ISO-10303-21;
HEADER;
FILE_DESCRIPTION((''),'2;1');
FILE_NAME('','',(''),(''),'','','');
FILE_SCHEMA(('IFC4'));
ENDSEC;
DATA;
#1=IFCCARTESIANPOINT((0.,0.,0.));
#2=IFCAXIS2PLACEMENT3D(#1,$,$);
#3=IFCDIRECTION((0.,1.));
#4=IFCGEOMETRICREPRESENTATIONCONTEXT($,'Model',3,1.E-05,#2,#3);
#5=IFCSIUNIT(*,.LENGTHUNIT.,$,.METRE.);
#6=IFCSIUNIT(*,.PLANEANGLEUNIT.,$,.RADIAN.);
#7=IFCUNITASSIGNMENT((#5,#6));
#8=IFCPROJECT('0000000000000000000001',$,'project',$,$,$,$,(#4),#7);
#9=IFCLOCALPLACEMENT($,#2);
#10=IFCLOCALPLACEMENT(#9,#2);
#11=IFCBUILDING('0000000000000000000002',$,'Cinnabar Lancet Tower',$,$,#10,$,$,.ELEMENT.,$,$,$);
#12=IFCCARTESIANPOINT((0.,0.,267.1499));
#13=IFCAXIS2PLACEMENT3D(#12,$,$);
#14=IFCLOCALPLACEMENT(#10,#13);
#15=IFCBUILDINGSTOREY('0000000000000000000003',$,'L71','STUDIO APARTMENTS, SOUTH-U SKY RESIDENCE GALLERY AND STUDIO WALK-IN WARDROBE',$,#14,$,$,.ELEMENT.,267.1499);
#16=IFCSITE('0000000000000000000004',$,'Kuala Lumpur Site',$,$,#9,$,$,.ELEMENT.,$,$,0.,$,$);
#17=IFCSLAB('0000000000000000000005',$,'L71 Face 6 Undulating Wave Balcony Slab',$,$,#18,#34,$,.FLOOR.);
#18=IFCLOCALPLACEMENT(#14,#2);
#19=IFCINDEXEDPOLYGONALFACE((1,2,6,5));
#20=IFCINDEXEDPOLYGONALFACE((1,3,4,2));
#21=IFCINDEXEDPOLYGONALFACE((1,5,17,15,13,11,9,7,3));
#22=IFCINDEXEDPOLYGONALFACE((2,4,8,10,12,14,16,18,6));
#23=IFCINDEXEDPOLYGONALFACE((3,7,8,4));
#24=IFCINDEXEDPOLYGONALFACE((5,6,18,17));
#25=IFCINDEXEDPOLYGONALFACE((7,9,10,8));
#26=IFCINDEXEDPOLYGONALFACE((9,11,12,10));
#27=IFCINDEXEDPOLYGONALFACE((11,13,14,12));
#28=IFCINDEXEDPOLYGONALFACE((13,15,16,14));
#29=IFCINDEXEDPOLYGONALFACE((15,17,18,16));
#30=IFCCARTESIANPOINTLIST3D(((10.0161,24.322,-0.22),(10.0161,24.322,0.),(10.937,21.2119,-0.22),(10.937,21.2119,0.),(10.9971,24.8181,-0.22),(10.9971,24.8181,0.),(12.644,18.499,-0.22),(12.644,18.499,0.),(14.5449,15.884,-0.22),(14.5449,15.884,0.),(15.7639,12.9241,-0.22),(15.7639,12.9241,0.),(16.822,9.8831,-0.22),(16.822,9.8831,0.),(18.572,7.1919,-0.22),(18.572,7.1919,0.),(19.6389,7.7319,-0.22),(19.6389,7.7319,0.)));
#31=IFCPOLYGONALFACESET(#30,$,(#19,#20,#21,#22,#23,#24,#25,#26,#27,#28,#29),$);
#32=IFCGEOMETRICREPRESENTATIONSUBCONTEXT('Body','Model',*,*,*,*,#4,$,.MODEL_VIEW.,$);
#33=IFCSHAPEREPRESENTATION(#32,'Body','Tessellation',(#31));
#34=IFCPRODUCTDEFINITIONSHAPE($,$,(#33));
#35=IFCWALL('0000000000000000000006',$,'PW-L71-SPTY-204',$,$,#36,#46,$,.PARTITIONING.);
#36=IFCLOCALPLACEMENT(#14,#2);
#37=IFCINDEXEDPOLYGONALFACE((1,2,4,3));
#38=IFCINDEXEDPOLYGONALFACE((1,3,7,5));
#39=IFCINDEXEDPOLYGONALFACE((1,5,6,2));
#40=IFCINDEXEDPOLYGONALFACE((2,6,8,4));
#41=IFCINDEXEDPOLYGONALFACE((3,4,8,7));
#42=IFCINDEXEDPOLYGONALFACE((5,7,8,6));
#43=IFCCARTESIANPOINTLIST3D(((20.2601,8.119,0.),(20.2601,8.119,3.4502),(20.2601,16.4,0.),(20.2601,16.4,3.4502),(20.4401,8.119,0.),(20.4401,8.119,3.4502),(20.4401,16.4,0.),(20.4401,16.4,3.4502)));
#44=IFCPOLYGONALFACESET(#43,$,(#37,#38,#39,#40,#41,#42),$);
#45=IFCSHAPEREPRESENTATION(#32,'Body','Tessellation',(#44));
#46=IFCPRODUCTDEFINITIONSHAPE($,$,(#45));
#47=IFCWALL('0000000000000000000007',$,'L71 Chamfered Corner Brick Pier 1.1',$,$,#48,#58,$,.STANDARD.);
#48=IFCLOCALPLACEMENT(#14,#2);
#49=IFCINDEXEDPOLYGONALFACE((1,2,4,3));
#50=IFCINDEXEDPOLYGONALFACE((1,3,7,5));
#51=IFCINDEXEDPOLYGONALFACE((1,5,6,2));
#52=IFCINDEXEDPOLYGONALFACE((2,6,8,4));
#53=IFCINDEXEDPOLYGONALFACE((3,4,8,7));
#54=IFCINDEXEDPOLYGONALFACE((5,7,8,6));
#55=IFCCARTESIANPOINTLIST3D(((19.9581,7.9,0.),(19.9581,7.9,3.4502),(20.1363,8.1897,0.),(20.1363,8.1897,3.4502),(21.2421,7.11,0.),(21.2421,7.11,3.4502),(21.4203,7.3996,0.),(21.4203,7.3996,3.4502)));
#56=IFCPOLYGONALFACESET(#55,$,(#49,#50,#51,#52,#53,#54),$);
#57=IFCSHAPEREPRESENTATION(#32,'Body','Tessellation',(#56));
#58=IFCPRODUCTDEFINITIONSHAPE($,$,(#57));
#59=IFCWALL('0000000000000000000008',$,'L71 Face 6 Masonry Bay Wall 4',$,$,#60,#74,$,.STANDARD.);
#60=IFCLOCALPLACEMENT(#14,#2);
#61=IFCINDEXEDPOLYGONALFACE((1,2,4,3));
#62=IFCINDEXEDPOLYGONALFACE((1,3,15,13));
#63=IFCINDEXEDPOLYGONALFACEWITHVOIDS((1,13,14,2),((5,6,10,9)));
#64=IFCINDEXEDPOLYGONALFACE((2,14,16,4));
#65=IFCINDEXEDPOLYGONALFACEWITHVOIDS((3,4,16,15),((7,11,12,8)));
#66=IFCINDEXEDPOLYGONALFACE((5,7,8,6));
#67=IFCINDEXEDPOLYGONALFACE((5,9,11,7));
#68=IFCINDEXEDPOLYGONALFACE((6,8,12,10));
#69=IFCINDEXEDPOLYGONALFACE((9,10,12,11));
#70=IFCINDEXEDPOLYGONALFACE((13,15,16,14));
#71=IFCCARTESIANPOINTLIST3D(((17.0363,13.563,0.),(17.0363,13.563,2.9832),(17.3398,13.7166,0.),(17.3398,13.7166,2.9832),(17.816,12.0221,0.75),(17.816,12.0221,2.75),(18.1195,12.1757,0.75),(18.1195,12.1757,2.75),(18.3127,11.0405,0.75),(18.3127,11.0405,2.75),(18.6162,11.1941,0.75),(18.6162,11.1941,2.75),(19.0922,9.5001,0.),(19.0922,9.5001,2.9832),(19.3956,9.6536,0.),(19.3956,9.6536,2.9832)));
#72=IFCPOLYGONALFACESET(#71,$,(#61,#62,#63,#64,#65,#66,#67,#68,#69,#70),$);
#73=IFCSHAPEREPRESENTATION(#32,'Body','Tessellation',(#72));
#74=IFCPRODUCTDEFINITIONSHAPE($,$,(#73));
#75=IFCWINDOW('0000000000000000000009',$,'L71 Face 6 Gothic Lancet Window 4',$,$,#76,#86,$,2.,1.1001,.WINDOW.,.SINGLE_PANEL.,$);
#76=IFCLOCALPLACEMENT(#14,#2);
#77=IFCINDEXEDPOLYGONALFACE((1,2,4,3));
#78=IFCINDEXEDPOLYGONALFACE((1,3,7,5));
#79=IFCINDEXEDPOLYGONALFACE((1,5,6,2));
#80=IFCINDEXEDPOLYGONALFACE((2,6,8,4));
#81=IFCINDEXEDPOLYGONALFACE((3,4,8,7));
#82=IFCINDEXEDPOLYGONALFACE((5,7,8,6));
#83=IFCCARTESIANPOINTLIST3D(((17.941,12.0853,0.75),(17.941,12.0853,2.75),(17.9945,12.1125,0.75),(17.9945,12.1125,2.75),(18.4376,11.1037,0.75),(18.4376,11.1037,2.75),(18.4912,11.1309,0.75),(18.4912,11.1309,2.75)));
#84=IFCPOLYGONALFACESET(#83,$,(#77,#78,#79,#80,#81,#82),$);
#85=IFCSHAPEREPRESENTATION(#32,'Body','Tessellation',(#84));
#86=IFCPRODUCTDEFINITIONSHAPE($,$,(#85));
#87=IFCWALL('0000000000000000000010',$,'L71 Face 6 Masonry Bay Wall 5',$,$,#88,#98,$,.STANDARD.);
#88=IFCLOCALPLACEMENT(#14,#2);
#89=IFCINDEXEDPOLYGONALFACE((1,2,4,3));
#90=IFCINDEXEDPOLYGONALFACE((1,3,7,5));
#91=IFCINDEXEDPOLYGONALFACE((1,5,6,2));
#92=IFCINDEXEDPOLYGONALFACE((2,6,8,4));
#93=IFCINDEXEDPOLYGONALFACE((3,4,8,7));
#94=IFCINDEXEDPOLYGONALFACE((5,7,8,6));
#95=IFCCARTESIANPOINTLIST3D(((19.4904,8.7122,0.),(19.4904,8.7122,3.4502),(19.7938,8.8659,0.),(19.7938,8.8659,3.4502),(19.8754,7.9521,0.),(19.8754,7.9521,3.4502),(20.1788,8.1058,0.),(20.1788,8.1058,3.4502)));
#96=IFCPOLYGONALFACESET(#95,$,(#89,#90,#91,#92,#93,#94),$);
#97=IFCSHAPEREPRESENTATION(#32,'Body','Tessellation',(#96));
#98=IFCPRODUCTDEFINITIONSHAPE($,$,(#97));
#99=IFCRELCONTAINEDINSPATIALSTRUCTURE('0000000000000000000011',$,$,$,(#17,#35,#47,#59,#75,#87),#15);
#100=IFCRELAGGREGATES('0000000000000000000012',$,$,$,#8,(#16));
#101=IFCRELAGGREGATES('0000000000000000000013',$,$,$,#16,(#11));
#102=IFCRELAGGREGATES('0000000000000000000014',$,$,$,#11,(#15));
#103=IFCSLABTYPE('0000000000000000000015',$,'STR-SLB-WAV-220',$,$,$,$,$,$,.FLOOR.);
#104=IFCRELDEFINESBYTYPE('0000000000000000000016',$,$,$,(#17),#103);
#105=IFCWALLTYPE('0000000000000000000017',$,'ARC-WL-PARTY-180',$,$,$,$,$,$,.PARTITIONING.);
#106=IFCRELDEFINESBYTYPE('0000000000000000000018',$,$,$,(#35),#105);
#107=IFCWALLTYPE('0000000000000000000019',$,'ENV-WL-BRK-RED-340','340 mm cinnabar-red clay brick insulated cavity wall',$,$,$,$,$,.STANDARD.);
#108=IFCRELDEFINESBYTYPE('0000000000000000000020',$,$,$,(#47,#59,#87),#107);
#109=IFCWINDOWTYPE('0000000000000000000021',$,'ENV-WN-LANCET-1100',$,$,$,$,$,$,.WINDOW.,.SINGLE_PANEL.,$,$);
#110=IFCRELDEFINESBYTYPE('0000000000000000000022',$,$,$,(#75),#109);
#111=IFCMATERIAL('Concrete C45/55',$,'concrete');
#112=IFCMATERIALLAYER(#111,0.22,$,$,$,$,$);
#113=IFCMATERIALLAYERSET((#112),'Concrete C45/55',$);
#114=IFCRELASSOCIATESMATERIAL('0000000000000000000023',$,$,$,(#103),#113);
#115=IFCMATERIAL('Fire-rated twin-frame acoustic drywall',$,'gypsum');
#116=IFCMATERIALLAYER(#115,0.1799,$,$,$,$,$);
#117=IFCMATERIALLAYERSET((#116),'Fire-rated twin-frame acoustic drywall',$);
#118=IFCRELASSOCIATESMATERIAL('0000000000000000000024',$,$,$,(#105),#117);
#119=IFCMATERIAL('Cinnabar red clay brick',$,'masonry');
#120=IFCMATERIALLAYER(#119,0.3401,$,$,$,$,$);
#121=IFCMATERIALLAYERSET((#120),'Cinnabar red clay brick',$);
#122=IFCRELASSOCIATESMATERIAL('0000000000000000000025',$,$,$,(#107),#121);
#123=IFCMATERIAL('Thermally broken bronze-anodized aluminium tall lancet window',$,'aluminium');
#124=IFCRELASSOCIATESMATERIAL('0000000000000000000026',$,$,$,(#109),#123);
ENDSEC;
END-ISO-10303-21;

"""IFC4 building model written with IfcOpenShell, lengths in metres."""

from ifc_helpers import new_model, si_unit, direction, frame, frame_2d, origin, place, context, subcontext, project, spatial, polyline, rectangle, outline, extrude, material, layer, layer_set, type_object, element, fill, save


model = new_model("IFC4")

# Units and contexts
model_context = context("Model", 3, precision=1e-05, world=origin(), true_north=direction((0.0, 1.0)))
body_context = subcontext(model_context, "Body", "Model", "MODEL_VIEW")
ifc_project = project(units=[si_unit("LENGTHUNIT", "METRE"), si_unit("PLANEANGLEUNIT", "RADIAN")], contexts=[model_context])

# Site, building, storey
site_placement = place(None, origin())
site = spatial("IfcSite", under=ifc_project, at=site_placement, Name="Kuala Lumpur Site", CompositionType="ELEMENT", RefElevation=0.0)
building_placement = place(site_placement, origin())
building = spatial("IfcBuilding", under=site, at=building_placement, Name="Cinnabar Lancet Tower", CompositionType="ELEMENT")
storey_placement = place(building_placement, frame((0.0, 0.0, 267.1499)))
storey = spatial("IfcBuildingStorey", under=building, at=storey_placement, Name="L71", Description="STUDIO APARTMENTS, SOUTH-U SKY RESIDENCE GALLERY AND STUDIO WALK-IN WARDROBE", CompositionType="ELEMENT", Elevation=267.1499)

# Slab
ifc_material_1 = material(Name="Concrete C45/55", Category="concrete")
ifc_layer_1 = layer(ifc_material_1, 0.22)
ifc_layer_set_1 = layer_set([ifc_layer_1], Name="Concrete C45/55")
slab_type_1 = type_object("IfcSlabType", Name="STR-SLB-WAV-220", PredefinedType="FLOOR", material=ifc_layer_set_1)
slab_1_placement = place(storey_placement, frame((0.0, 0.0, -0.22)))
element("IfcSlab", 1, at=slab_1_placement, inside=storey, type_object=slab_type_1, Name="L71 Face 6 Undulating Wave Balcony Slab", PredefinedType="FLOOR", context=body_context, shape_type="SweptSolid", body=[
    extrude(outline(polyline([(10.9971, 24.8181), (10.0161, 24.322), (10.937, 21.2119), (12.644, 18.499), (14.5449, 15.884), (15.7639, 12.9241), (16.822, 9.8831), (18.572, 7.1919), (19.6389, 7.7319), (10.9971, 24.8181)])), origin(), (0.0, 0.0, 1.0), 0.22),
])

# Walls
ifc_material_2 = material(Name="Fire-rated twin-frame acoustic drywall", Category="gypsum")
ifc_layer_2 = layer(ifc_material_2, 0.1799)
ifc_layer_set_2 = layer_set([ifc_layer_2], Name="Fire-rated twin-frame acoustic drywall")
wall_type_1 = type_object("IfcWallType", Name="ARC-WL-PARTY-180", PredefinedType="PARTITIONING", material=ifc_layer_set_2)
wall_1_placement = place(storey_placement, frame((20.3501, 8.1189, 0.0), z_axis=(0.0, 0.0, 1.0), x_axis=(0.0, 1.0, 0.0)))
element("IfcWall", 2, at=wall_1_placement, inside=storey, type_object=wall_type_1, Name="PW-L71-SPTY-204", PredefinedType="PARTITIONING", context=body_context, shape_type="SweptSolid", body=[
    extrude(rectangle(XDim=8.281, YDim=0.1799, at=frame_2d((4.1406, 0.0))), origin(), (0.0, 0.0, 1.0), 3.4502),
])
ifc_material_3 = material(Name="Cinnabar red clay brick", Category="masonry")
ifc_layer_3 = layer(ifc_material_3, 0.3401)
ifc_layer_set_3 = layer_set([ifc_layer_3], Name="Cinnabar red clay brick")
wall_type_2 = type_object("IfcWallType", Name="ENV-WL-BRK-RED-340", Description="340 mm cinnabar-red clay brick insulated cavity wall", PredefinedType="STANDARD", material=ifc_layer_set_3)
wall_2_placement = place(storey_placement, frame((20.0471, 8.0449, 0.0), z_axis=(0.0, 0.0, 1.0), x_axis=(0.851681, -0.524061, 0.0)))
element("IfcWall", 3, at=wall_2_placement, inside=storey, type_object=wall_type_2, Name="L71 Chamfered Corner Brick Pier 1.1", PredefinedType="STANDARD", context=body_context, shape_type="SweptSolid", body=[
    extrude(rectangle(XDim=1.5076, YDim=0.3401, at=frame_2d((0.7539, 0.0))), origin(), (0.0, 0.0, 1.0), 3.4502),
])

# Wall, opening, window
wall_3_placement = place(storey_placement, frame((17.188, 13.6399, 0.0), z_axis=(0.0, 0.0, 1.0), x_axis=(0.451498, -0.892272, 0.0)))
wall_3 = element("IfcWall", 4, at=wall_3_placement, inside=storey, type_object=wall_type_2, Name="L71 Face 6 Masonry Bay Wall 4", PredefinedType="STANDARD", context=body_context, shape_type="SweptSolid", body=[
    extrude(rectangle(XDim=4.5535, YDim=0.3401, at=frame_2d((2.2769, 0.0))), origin(), (0.0, 0.0, 1.0), 2.9832),
])
opening_placement = place(wall_3_placement, frame((1.7271, 0.0, 0.75)))
opening = element("IfcOpeningElement", 5, at=opening_placement, cuts=wall_3, PredefinedType="OPENING", context=body_context, shape_type="SweptSolid", body=[
    extrude(rectangle(XDim=1.1001, YDim=2.0, at=frame_2d((0.55, 1.0))), frame((0.0, 0.1799, 0.0), z_axis=(0.0, -1.0, 0.0), x_axis=(1.0, 0.0, 0.0)), (0.0, 0.0, 1.0), 0.3601),
])
ifc_material_4 = material(Name="Thermally broken bronze-anodized aluminium tall lancet window", Category="aluminium")
window_type = type_object("IfcWindowType", Name="ENV-WN-LANCET-1100", PartitioningType="SINGLE_PANEL", PredefinedType="WINDOW", material=ifc_material_4)
window_placement = place(opening_placement, origin())
window = element("IfcWindow", 6, at=window_placement, inside=storey, type_object=window_type, Name="L71 Face 6 Gothic Lancet Window 4", OverallHeight=2.0, OverallWidth=1.1001, PartitioningType="SINGLE_PANEL", PredefinedType="WINDOW", context=body_context, shape_type="SweptSolid", body=[
    extrude(rectangle(XDim=1.1001, YDim=2.0, at=frame_2d((0.55, 1.0))), frame((0.0, 0.03, 0.0), z_axis=(0.0, -1.0, 0.0), x_axis=(1.0, 0.0, 0.0)), (0.0, 0.0, 1.0), 0.0601),
])
fill(opening, window)

# Wall
wall_4_placement = place(storey_placement, frame((19.6421, 8.7891, 0.0), z_axis=(0.0, 0.0, 1.0), x_axis=(0.451907, -0.892065, 0.0)))
element("IfcWall", 7, at=wall_4_placement, inside=storey, type_object=wall_type_2, Name="L71 Face 6 Masonry Bay Wall 5", PredefinedType="STANDARD", context=body_context, shape_type="SweptSolid", body=[
    extrude(rectangle(XDim=0.8521, YDim=0.3401, at=frame_2d((0.426, 0.0))), origin(), (0.0, 0.0, 1.0), 3.4502),
])

save(model, "model.ifc")
